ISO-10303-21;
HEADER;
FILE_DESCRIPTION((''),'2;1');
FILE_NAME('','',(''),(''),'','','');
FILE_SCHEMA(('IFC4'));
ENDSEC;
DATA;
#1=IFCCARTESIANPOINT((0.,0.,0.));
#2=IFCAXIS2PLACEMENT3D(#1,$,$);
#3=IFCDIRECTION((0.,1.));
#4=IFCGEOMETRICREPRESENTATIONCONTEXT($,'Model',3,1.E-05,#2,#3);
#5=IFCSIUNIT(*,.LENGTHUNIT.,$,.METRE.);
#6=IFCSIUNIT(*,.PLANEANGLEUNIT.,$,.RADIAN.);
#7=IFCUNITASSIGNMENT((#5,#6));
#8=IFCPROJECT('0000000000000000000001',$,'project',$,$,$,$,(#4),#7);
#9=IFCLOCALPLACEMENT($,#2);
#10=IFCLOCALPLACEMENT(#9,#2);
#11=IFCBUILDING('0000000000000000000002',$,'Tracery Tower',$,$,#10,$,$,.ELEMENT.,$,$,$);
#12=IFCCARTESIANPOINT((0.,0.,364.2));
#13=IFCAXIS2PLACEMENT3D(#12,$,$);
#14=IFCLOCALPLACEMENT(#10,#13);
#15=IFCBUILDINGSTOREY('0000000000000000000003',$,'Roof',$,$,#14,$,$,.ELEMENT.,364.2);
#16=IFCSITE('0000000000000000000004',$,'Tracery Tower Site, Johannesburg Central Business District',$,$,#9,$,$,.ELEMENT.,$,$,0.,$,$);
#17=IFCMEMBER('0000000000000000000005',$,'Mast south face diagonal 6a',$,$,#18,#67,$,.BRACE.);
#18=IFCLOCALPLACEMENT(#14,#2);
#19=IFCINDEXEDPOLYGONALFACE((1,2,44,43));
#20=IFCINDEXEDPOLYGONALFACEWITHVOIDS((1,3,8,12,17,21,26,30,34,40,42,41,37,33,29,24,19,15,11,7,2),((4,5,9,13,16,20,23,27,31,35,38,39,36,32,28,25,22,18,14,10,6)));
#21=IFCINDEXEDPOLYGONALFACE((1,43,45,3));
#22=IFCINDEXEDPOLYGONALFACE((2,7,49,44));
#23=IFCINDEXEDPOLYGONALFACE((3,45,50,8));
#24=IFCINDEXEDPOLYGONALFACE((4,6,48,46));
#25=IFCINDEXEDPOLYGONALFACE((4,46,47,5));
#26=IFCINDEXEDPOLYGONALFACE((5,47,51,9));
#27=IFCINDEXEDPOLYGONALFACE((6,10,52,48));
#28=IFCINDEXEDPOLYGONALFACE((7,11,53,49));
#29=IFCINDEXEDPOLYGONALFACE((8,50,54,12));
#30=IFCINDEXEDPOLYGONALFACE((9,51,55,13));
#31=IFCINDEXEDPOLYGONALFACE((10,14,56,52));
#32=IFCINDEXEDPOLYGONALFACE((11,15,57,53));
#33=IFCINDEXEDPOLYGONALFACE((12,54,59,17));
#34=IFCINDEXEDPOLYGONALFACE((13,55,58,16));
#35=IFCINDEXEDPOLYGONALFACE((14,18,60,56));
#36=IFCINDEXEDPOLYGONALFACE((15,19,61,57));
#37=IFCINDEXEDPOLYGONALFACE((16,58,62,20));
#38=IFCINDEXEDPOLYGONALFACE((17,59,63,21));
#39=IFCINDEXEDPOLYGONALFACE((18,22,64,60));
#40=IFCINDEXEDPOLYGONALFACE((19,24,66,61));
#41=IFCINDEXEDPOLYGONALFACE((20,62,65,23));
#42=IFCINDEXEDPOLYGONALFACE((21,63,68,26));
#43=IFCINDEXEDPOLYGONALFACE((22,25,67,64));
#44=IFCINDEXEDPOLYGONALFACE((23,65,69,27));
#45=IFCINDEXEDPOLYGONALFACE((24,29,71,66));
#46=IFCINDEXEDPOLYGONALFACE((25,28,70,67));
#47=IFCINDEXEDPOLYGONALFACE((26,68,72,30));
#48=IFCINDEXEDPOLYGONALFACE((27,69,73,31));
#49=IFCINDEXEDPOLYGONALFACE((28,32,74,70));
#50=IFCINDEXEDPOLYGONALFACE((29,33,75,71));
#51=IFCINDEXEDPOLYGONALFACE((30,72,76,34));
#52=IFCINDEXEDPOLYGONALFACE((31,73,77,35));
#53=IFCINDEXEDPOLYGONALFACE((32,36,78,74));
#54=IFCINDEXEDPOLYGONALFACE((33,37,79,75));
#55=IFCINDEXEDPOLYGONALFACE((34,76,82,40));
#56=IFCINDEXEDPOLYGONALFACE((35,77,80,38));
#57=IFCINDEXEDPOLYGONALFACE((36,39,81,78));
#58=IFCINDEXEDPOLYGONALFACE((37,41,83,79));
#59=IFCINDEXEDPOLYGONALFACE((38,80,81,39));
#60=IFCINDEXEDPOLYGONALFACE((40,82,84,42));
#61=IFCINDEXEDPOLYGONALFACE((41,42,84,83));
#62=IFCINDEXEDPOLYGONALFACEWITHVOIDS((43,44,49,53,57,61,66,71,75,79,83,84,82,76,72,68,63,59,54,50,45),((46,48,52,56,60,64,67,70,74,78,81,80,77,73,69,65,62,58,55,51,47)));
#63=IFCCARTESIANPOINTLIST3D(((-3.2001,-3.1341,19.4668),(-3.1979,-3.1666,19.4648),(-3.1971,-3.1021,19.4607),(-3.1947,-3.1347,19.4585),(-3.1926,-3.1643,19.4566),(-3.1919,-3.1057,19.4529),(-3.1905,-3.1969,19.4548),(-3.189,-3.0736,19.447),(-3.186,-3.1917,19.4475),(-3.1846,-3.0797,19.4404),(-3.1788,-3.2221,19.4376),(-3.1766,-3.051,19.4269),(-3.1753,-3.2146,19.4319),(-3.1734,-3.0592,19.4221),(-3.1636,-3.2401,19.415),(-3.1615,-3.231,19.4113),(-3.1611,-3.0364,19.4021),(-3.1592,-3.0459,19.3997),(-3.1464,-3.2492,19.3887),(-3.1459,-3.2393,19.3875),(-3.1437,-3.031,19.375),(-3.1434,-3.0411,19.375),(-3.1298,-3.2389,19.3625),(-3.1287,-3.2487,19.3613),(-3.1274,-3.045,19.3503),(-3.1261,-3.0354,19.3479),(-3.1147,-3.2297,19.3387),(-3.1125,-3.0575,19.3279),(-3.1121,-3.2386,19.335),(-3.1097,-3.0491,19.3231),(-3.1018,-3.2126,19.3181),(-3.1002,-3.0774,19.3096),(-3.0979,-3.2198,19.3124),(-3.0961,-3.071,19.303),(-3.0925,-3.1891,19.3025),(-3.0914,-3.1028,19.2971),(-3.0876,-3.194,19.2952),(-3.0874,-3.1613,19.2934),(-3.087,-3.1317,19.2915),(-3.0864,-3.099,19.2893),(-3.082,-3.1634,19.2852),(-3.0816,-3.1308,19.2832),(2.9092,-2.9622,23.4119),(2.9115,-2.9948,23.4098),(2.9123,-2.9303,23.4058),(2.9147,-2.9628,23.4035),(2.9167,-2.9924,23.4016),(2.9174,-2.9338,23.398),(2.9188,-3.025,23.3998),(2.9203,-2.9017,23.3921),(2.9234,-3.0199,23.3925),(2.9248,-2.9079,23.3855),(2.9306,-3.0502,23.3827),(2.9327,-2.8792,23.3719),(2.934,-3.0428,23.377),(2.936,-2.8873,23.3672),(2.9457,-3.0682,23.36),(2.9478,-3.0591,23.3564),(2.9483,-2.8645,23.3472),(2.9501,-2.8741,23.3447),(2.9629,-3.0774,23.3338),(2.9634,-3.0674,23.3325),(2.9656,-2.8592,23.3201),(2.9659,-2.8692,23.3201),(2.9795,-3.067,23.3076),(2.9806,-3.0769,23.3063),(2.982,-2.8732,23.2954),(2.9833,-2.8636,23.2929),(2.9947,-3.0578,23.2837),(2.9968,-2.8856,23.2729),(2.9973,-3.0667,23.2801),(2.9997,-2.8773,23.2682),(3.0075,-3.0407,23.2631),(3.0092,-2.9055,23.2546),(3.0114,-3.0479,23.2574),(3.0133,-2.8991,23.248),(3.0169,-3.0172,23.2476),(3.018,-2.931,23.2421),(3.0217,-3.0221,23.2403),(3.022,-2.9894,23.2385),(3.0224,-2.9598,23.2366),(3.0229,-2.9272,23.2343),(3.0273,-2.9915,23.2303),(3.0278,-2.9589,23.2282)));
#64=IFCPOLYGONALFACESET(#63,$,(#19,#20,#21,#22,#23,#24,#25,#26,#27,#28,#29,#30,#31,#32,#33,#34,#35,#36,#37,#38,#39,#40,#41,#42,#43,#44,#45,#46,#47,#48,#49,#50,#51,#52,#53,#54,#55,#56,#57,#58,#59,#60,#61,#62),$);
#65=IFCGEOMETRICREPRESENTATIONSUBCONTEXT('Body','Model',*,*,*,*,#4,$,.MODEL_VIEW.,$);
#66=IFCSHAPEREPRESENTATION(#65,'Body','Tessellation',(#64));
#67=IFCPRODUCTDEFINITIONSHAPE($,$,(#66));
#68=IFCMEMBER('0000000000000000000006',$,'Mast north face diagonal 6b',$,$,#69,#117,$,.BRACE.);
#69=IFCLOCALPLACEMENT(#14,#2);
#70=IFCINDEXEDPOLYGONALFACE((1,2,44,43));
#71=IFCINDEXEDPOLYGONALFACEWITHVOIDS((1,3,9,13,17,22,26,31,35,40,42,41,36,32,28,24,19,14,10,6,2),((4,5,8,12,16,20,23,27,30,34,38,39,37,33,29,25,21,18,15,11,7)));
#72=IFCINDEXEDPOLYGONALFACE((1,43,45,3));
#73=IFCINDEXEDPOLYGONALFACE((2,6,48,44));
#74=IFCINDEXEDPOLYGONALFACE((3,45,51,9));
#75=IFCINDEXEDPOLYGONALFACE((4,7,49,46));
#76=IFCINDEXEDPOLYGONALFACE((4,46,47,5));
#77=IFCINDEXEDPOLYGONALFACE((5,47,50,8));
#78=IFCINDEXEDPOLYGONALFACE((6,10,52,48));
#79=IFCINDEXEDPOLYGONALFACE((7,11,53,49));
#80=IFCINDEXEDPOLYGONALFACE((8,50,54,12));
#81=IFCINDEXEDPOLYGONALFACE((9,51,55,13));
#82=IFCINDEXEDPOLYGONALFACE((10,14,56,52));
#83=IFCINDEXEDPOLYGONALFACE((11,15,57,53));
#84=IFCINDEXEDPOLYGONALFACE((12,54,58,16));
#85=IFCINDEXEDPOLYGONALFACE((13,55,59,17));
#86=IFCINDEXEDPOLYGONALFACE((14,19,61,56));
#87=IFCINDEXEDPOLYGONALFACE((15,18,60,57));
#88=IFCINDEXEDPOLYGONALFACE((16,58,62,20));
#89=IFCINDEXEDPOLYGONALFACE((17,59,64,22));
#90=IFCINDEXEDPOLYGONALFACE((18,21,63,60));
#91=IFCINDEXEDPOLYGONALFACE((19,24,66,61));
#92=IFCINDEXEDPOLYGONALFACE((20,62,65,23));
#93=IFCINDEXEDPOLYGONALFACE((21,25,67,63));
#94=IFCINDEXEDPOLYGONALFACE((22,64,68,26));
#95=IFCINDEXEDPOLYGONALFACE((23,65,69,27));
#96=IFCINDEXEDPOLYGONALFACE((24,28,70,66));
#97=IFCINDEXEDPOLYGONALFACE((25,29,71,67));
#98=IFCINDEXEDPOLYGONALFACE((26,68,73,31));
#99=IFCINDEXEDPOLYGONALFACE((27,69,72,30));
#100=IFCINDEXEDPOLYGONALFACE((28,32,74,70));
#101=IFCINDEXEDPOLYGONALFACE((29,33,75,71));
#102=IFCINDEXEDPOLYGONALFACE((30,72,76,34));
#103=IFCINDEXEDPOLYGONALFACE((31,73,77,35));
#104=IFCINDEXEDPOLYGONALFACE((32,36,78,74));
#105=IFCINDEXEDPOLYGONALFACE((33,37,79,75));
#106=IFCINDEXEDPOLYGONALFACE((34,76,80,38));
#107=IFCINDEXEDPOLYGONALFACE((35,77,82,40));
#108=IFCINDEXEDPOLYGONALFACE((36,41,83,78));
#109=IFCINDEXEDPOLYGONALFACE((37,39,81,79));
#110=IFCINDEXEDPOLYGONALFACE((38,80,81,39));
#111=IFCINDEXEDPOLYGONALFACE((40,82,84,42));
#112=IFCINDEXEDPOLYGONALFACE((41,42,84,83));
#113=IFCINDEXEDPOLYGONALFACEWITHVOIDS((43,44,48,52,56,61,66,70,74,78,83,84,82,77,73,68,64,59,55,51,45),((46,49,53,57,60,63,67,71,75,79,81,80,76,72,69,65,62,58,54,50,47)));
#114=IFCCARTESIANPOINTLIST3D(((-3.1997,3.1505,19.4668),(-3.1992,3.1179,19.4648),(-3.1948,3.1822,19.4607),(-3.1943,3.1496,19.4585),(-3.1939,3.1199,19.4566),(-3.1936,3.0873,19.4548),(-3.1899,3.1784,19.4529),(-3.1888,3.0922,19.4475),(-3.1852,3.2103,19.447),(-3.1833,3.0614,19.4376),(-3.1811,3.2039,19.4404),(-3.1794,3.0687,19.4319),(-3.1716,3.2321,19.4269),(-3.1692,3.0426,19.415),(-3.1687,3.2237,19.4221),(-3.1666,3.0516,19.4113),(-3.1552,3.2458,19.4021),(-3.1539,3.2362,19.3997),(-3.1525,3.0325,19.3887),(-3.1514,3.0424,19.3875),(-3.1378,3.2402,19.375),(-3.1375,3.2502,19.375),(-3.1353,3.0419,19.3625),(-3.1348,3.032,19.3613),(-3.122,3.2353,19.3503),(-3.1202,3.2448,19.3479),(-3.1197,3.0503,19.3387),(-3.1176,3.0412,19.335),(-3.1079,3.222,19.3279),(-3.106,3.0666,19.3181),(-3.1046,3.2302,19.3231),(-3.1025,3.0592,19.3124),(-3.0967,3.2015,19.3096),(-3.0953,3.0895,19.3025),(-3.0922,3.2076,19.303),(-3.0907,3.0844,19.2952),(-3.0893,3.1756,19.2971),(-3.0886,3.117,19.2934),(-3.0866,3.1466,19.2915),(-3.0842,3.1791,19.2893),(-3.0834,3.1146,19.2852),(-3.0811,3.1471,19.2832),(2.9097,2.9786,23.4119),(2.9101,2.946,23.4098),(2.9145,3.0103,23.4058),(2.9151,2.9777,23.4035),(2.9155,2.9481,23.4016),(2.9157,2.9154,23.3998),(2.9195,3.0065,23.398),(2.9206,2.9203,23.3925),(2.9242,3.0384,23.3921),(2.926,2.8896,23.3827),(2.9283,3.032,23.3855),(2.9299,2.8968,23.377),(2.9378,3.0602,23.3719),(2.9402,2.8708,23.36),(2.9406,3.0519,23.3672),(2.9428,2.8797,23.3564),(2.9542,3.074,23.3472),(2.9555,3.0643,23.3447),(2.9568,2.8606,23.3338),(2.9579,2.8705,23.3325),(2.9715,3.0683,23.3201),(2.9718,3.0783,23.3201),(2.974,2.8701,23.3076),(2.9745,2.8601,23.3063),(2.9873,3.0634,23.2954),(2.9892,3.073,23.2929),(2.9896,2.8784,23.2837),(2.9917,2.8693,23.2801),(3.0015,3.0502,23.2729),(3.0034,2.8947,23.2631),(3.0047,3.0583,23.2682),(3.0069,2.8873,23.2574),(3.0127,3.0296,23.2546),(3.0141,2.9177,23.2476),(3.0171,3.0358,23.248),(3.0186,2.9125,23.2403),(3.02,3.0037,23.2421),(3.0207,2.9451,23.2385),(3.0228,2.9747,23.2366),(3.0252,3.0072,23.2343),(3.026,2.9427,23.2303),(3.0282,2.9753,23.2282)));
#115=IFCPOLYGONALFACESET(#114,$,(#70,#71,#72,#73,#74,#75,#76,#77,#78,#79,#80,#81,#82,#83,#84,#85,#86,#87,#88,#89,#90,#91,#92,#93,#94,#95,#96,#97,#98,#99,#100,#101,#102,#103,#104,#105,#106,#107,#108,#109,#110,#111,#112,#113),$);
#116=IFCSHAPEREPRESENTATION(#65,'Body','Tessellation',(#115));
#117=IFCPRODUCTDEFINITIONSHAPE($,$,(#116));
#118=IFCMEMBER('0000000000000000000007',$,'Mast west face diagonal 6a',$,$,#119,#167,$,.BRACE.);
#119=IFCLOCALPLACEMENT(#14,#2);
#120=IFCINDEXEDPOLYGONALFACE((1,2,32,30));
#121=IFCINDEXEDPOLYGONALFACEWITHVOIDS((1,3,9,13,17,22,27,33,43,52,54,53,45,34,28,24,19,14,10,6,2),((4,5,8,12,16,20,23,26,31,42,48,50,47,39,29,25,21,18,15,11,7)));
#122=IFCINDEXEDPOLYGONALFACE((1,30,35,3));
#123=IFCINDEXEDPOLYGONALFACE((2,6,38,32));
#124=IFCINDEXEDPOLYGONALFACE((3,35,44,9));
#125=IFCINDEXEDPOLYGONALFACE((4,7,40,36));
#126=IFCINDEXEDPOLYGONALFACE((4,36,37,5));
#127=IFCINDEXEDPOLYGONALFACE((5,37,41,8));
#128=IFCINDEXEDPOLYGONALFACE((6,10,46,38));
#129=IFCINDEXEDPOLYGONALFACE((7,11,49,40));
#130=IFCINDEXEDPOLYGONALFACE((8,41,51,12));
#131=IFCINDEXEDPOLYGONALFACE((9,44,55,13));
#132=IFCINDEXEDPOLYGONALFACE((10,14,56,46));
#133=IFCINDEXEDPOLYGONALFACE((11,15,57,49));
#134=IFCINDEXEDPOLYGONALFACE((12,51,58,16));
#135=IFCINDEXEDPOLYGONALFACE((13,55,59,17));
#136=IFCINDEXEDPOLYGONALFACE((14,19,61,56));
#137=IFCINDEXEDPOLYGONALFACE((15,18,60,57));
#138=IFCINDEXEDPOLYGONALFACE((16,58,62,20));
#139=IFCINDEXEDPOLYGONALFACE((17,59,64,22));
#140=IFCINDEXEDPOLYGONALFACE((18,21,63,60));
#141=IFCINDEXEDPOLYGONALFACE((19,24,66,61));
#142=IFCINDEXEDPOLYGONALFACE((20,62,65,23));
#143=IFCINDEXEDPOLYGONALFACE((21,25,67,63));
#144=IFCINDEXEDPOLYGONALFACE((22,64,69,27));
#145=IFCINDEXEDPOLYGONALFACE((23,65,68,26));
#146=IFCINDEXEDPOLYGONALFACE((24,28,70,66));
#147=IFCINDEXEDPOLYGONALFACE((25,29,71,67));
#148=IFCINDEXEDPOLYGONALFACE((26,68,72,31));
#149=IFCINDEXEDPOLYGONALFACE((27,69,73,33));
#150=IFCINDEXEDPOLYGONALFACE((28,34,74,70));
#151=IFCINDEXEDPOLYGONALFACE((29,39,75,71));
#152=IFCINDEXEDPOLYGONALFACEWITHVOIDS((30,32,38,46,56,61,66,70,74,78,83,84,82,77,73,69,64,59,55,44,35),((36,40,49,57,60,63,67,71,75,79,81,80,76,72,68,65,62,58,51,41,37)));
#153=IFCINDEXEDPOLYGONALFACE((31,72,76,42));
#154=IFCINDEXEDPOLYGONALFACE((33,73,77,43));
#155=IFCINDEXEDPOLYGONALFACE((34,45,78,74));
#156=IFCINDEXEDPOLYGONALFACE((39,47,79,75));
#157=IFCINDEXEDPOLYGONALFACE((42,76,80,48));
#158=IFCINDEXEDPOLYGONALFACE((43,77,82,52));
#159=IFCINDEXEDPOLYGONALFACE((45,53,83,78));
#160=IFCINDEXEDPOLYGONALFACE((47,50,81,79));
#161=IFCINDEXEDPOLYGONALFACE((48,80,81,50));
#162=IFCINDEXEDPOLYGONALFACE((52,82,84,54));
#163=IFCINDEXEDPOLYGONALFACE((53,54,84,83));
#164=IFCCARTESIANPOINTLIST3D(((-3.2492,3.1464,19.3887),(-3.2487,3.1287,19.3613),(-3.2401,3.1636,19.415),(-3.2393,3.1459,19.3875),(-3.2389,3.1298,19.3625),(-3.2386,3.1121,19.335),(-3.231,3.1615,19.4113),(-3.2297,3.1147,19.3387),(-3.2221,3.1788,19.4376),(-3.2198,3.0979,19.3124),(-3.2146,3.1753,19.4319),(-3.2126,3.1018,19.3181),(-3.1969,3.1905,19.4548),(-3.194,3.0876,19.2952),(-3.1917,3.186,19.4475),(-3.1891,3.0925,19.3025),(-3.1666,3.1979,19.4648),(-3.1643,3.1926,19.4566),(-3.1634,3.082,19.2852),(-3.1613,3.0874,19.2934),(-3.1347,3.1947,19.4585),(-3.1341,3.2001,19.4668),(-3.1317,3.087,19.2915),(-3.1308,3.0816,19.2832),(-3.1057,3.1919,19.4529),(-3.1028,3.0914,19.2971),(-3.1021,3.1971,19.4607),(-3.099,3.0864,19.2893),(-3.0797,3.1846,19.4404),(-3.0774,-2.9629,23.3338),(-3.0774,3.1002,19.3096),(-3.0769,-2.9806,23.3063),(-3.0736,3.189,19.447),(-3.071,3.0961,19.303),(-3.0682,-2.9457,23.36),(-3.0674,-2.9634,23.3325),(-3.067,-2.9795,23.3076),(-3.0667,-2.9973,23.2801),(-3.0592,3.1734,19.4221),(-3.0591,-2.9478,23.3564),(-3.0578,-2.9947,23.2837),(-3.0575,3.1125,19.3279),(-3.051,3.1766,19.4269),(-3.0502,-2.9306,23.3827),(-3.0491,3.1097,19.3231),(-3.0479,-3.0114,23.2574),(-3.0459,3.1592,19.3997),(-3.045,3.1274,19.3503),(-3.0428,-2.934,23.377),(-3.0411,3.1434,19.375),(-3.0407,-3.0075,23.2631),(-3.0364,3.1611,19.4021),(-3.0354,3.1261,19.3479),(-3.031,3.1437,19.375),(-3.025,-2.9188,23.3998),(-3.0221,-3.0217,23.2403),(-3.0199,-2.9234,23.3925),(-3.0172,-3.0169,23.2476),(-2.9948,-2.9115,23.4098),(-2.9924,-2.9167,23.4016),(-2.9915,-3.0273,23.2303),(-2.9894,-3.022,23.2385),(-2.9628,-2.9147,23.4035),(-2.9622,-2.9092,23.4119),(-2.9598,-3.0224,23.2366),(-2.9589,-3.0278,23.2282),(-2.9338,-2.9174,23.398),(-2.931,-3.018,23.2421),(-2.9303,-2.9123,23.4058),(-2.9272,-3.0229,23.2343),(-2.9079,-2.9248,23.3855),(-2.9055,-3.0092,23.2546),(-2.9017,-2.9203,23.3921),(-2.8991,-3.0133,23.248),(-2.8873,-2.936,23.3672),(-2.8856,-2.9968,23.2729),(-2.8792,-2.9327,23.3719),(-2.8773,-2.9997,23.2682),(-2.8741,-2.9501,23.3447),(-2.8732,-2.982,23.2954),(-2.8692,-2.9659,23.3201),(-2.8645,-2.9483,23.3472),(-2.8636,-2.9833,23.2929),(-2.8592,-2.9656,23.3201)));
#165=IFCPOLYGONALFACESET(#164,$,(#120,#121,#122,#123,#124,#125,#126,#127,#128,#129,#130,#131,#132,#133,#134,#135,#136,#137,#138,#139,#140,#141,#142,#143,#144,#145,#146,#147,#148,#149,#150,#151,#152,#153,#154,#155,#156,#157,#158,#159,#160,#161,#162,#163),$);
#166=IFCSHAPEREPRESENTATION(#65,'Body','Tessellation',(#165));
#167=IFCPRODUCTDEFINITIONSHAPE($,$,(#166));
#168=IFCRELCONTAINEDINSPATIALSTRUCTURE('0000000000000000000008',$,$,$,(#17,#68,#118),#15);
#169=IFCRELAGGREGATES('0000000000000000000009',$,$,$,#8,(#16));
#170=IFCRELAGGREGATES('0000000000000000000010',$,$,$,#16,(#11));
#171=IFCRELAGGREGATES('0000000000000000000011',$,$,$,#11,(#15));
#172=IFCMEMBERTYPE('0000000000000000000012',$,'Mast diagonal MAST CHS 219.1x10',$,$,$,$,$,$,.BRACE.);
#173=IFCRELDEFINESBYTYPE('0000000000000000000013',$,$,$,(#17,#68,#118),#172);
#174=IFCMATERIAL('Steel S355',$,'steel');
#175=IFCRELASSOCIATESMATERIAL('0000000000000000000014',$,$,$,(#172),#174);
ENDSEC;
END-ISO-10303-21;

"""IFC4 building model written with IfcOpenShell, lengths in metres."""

from ifc_helpers import new_model, si_unit, direction, frame, origin, origin_2d, place, context, subcontext, project, spatial, hollow_circle, extrude, material, material_profile, profile_set, type_object, element, save


model = new_model("IFC4")

# Units and contexts
model_context = context("Model", 3, precision=1e-05, world=origin(), true_north=direction((0.0, 1.0)))
body_context = subcontext(model_context, "Body", "Model", "MODEL_VIEW")
ifc_project = project(units=[si_unit("LENGTHUNIT", "METRE"), si_unit("PLANEANGLEUNIT", "RADIAN")], contexts=[model_context])

# Site, building, storey
site_placement = place(None, origin())
site = spatial("IfcSite", under=ifc_project, at=site_placement, Name="Tracery Tower Site, Johannesburg Central Business District", CompositionType="ELEMENT", RefElevation=0.0)
building_placement = place(site_placement, origin())
building = spatial("IfcBuilding", under=site, at=building_placement, Name="Tracery Tower", CompositionType="ELEMENT")
storey_placement = place(building_placement, frame((0.0, 0.0, 364.2)))
storey = spatial("IfcBuildingStorey", under=building, at=storey_placement, Name="Roof", CompositionType="ELEMENT", Elevation=364.2)

# Members
ifc_material_1 = material(Name="Steel S355", Category="steel")
ifc_material_profile_1 = material_profile(ifc_material_1, hollow_circle(Radius=0.1096, WallThickness=0.01, at=origin_2d()), Name="CHS 219.1x10")
ifc_profile_set_1 = profile_set([ifc_material_profile_1], Name="Steel S355")
member_type_1 = type_object("IfcMemberType", Name="Mast diagonal MAST CHS 219.1x10", PredefinedType="BRACE", material=ifc_profile_set_1)
for number, where, z_axis, x_axis, name in (
    (1, (-3.1406, -3.1406, 19.375), (0.839841, 0.023627, 0.542319), (-0.028122, 0.999605, 0.0), "Mast south face diagonal 6a"),
    (2, (-3.1406, 3.1406, 19.375), (0.839841, -0.023627, 0.542319), (0.028122, 0.999605, 0.0), "Mast north face diagonal 6b"),
    (3, (-3.1406, 3.1406, 19.375), (0.023627, -0.839841, 0.542319), (0.999605, 0.028122, 0.0), "Mast west face diagonal 6a"),
):
    element("IfcMember", number, at=place(storey_placement, frame(where, z_axis=z_axis, x_axis=x_axis)), inside=storey, type_object=member_type_1, Name=name, PredefinedType="BRACE", context=body_context, shape_type="SweptSolid", body=[
        extrude(hollow_circle(Radius=0.1096, WallThickness=0.01, at=origin_2d()), origin(), (0.0, 0.0, 1.0), 7.2744),
    ])

save(model, "model.ifc")
